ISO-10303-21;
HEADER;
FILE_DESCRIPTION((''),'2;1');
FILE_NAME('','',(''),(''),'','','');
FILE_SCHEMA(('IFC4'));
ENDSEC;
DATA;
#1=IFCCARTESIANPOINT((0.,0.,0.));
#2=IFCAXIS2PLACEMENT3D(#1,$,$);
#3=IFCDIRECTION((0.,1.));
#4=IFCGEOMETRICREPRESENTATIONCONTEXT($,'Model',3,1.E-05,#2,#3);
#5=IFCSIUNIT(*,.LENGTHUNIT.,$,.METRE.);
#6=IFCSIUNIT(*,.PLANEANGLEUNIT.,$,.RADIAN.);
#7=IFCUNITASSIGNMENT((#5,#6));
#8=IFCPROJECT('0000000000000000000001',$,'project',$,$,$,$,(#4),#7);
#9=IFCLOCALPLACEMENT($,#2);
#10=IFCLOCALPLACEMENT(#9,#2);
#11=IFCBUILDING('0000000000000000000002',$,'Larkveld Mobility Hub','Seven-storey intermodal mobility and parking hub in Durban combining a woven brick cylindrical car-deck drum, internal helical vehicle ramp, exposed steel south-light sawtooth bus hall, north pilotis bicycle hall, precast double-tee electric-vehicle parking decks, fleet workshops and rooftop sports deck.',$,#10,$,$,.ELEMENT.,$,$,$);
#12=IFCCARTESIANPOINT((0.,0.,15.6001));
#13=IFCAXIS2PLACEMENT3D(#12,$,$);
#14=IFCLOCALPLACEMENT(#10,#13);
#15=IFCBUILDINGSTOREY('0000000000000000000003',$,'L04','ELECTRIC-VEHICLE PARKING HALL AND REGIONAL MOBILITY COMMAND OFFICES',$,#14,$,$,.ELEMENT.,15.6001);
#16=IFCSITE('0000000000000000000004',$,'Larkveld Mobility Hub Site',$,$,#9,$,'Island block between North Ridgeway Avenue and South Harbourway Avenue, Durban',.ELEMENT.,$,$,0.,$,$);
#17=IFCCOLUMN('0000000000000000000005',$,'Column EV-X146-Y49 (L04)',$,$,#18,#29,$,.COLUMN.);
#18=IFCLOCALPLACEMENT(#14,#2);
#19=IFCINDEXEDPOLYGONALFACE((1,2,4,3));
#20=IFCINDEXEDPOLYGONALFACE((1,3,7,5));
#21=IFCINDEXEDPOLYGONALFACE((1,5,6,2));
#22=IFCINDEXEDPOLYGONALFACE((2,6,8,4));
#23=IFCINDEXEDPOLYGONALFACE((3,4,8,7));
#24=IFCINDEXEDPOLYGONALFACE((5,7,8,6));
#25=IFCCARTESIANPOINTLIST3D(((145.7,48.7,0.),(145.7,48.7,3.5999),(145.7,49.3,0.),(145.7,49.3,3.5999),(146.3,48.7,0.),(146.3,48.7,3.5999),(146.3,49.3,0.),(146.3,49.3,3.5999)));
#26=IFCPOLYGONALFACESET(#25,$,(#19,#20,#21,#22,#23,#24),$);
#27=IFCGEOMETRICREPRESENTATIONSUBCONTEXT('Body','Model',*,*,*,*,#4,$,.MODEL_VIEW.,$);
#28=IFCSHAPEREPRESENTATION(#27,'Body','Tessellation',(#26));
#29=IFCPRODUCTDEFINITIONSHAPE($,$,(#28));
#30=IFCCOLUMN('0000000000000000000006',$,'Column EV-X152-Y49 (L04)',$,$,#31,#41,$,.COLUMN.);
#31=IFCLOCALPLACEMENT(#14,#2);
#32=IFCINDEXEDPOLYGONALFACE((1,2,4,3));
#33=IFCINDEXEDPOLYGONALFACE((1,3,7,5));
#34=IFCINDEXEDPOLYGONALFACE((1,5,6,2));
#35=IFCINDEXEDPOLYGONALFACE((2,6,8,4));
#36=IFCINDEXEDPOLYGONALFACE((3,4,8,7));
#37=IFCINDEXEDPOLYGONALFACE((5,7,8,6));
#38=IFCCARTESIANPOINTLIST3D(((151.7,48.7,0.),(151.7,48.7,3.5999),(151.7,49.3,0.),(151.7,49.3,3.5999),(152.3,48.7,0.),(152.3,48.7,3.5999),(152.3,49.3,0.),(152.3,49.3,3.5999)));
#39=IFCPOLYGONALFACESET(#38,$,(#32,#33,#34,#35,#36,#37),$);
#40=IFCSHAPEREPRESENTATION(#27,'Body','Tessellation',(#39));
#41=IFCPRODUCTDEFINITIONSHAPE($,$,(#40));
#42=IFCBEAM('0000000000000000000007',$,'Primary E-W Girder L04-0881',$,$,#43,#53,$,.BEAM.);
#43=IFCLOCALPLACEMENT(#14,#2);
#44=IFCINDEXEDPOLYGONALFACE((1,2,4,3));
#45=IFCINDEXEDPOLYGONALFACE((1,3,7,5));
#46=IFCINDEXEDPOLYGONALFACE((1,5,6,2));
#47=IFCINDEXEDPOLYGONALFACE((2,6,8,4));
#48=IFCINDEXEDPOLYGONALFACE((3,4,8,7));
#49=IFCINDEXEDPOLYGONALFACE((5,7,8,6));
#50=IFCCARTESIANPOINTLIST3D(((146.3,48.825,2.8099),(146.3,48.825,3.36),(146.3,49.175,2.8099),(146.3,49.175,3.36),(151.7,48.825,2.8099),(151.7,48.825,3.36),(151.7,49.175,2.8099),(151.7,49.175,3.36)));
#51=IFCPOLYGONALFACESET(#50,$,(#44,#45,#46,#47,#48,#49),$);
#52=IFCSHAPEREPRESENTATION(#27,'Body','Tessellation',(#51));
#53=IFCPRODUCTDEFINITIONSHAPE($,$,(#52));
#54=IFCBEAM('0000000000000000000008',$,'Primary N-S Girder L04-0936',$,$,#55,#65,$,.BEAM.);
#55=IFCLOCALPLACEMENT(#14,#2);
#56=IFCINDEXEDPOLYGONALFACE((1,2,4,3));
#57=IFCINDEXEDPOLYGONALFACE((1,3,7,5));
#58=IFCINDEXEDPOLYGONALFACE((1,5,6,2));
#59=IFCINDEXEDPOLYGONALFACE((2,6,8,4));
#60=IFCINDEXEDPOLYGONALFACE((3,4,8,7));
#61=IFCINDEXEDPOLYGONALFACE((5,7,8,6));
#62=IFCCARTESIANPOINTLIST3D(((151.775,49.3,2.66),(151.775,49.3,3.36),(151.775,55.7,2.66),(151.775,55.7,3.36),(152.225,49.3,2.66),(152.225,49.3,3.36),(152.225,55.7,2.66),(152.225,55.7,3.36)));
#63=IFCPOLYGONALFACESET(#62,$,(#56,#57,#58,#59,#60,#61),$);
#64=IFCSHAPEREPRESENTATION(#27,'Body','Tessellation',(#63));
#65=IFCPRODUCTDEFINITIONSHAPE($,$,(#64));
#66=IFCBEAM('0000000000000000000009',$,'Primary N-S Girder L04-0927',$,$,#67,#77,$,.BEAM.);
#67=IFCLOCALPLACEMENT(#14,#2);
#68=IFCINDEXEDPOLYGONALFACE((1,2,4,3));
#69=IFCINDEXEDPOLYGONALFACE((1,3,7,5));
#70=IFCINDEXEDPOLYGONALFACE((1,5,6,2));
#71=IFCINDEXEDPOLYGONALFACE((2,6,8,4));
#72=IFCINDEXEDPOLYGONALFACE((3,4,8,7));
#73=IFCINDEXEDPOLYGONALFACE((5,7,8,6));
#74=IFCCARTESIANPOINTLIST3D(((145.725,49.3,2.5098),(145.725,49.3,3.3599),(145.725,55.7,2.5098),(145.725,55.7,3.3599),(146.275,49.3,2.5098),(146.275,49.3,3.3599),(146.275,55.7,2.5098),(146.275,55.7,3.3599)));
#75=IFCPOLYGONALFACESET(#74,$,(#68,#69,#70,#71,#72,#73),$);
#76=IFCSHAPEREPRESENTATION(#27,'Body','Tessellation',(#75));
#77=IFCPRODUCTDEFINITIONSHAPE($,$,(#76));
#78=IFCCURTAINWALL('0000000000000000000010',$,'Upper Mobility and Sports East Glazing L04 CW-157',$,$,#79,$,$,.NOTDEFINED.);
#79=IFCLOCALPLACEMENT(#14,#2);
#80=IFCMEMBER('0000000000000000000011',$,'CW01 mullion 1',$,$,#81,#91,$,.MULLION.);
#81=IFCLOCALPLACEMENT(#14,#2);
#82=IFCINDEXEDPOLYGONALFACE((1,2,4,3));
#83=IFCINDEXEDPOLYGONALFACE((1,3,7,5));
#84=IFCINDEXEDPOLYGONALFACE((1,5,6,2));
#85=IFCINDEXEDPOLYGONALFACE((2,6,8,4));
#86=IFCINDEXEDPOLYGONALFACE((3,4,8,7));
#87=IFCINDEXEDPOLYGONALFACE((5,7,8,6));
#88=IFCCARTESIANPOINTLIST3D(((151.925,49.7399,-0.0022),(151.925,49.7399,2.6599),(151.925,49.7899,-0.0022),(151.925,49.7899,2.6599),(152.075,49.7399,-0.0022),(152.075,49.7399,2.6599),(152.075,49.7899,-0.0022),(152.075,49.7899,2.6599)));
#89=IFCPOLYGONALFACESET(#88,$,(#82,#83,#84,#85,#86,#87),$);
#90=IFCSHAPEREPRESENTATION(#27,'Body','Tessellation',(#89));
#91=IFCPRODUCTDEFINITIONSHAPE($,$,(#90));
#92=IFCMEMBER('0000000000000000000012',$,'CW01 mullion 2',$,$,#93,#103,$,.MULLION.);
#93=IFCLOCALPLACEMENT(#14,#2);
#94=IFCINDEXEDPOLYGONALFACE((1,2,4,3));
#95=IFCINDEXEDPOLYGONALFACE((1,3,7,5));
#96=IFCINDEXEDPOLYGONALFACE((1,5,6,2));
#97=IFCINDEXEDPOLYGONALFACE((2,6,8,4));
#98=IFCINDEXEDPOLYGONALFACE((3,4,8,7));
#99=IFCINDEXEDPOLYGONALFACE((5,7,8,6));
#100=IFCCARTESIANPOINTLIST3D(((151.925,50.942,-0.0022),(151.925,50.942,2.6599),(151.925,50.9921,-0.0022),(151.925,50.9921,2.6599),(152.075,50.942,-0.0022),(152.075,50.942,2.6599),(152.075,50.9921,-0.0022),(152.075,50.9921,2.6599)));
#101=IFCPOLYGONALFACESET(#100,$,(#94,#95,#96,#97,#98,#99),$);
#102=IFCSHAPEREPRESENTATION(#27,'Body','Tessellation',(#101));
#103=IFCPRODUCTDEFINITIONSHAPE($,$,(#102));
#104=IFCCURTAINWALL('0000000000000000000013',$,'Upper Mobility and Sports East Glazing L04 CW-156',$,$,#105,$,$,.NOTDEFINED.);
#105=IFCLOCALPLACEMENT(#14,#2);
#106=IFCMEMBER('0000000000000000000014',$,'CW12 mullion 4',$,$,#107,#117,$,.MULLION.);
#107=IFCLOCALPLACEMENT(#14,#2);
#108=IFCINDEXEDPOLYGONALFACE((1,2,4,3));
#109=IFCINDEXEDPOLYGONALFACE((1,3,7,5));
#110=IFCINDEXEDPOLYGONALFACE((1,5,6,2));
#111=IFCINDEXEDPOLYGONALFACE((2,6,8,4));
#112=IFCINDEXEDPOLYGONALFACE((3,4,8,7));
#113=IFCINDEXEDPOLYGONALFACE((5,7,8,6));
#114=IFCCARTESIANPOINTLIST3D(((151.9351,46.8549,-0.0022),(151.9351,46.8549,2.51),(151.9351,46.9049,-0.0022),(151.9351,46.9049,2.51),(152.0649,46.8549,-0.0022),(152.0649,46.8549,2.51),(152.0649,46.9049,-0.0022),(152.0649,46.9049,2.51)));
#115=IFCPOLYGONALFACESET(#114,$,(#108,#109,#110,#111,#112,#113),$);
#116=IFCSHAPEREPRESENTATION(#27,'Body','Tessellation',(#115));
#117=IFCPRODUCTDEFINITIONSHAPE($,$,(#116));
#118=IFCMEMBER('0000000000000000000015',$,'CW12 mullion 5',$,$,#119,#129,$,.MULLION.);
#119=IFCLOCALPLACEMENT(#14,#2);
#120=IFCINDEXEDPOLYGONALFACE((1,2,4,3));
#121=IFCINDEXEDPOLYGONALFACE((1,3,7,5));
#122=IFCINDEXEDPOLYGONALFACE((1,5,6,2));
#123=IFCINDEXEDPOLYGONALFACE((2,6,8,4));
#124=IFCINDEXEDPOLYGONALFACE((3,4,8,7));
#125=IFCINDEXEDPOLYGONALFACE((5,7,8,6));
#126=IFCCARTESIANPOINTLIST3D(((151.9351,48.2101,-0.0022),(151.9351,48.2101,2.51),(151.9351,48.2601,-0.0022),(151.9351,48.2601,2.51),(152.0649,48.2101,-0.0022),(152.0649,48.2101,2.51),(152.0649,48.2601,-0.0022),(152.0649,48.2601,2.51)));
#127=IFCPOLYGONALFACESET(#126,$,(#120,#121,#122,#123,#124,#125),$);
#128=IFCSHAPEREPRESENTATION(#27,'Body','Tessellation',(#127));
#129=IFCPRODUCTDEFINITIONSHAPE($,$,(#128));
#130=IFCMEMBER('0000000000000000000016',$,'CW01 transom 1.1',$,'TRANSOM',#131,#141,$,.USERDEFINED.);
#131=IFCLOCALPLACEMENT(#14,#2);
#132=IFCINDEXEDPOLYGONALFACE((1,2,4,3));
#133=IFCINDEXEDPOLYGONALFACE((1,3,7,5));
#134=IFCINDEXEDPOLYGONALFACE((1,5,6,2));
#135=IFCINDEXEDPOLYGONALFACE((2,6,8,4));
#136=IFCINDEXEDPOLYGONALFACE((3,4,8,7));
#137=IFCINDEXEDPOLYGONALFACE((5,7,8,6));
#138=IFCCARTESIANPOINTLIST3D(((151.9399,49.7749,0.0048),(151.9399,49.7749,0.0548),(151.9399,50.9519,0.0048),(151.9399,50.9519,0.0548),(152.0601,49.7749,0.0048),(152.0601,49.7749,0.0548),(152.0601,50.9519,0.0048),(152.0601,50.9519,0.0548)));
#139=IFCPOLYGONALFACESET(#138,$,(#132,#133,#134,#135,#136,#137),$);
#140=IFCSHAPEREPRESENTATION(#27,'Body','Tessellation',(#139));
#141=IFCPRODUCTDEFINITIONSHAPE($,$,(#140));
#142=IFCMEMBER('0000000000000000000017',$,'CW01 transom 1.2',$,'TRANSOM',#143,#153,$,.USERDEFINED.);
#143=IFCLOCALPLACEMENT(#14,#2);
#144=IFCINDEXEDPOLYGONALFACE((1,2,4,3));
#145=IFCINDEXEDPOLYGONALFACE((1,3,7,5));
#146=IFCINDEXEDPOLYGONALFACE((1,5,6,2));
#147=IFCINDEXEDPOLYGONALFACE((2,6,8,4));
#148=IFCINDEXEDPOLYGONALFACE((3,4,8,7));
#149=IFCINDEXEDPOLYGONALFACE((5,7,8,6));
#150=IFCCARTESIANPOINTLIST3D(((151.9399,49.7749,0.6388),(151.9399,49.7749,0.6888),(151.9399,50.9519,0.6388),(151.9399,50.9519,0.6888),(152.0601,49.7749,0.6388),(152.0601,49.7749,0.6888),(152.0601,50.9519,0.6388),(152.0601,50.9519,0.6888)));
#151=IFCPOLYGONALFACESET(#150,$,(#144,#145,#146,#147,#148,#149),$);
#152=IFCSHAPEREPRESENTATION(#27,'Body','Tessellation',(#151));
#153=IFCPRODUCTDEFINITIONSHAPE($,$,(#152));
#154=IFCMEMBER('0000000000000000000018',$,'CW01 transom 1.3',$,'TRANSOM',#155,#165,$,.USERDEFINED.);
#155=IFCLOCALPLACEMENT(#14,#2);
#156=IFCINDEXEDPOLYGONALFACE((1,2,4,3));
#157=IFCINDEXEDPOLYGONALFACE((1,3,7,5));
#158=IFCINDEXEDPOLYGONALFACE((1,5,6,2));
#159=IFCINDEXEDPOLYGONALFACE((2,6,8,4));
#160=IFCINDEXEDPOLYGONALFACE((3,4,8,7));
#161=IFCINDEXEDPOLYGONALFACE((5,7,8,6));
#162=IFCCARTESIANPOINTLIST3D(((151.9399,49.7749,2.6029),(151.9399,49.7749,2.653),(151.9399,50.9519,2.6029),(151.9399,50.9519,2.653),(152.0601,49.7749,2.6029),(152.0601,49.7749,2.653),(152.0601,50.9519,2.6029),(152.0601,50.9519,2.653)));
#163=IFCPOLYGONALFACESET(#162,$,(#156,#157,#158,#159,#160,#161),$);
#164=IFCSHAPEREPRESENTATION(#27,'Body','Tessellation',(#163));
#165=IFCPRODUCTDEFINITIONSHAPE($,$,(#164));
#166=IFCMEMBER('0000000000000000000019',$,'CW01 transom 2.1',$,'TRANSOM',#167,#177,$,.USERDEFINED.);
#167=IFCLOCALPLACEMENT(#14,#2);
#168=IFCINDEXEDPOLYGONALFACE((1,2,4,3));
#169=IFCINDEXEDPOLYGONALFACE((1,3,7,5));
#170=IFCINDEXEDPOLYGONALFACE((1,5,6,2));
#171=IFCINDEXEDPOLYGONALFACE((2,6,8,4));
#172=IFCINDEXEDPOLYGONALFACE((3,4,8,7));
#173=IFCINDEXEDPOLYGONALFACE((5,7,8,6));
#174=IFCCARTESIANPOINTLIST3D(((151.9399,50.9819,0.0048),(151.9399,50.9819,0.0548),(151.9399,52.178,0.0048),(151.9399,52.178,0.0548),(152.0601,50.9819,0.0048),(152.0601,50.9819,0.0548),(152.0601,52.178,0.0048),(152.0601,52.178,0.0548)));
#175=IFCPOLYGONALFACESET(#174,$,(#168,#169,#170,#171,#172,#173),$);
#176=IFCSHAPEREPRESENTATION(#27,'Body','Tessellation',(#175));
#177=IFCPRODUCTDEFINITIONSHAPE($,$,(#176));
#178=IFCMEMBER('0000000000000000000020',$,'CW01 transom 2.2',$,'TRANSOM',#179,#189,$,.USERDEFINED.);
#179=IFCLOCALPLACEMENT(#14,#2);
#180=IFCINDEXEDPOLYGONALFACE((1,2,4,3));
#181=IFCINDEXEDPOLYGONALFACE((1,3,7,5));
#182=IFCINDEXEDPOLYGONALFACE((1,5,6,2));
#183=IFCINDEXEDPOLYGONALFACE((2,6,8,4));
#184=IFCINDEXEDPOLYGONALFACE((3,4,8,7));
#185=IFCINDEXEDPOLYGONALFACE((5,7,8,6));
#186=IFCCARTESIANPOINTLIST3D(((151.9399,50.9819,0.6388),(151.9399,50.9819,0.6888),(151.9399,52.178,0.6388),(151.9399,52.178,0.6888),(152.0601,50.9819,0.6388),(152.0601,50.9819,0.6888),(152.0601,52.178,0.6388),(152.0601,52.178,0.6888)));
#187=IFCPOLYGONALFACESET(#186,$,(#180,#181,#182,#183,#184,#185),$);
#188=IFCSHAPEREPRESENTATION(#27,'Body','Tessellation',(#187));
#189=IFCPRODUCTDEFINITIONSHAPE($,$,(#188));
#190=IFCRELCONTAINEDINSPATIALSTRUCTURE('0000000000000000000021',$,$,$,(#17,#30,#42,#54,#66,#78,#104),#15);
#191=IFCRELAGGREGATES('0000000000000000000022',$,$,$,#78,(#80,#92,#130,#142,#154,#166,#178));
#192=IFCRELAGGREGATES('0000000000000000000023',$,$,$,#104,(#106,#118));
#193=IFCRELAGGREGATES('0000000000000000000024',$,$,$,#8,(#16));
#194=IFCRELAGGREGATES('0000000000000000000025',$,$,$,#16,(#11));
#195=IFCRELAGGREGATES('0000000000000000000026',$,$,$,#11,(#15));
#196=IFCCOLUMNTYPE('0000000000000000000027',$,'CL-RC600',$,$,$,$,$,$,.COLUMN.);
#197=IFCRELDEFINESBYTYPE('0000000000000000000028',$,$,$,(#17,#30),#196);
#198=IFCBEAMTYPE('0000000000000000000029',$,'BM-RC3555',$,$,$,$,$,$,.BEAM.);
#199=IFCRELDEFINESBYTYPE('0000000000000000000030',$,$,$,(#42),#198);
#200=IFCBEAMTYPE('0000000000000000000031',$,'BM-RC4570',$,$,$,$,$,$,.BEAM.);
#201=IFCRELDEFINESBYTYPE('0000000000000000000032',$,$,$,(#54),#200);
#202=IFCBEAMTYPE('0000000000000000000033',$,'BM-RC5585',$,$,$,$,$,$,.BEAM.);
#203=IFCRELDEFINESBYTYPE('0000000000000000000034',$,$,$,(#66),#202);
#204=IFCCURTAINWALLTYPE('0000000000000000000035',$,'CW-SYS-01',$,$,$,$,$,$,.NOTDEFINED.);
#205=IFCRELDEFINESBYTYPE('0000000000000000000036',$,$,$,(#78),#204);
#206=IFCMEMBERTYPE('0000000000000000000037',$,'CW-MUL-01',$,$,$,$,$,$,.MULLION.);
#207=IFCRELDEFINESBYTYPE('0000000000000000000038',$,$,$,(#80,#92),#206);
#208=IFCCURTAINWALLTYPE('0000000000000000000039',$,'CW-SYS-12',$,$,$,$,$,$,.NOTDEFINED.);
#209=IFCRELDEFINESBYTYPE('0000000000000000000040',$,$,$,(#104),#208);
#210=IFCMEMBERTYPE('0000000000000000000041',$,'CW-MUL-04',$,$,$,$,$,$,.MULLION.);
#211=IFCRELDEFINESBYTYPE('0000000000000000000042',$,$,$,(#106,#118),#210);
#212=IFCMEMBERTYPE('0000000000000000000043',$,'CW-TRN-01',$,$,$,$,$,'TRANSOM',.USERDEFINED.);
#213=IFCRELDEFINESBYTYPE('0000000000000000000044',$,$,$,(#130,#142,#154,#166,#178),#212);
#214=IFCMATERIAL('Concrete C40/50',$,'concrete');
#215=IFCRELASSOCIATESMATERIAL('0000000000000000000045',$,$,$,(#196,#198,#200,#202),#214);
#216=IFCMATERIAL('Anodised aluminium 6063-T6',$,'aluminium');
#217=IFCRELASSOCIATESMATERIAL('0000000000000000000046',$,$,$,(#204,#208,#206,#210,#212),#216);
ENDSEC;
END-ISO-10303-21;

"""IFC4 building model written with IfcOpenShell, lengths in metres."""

from ifc_helpers import new_model, si_unit, direction, frame, origin, origin_2d, place, context, subcontext, project, spatial, rectangle, extrude, material, material_profile, profile_set, type_object, element, aggregate, save


model = new_model("IFC4")

# Units and contexts
model_context = context("Model", 3, precision=1e-05, world=origin(), true_north=direction((0.0, 1.0)))
body_context = subcontext(model_context, "Body", "Model", "MODEL_VIEW")
ifc_project = project(units=[si_unit("LENGTHUNIT", "METRE"), si_unit("PLANEANGLEUNIT", "RADIAN")], contexts=[model_context])

# Site, building, storey
site_placement = place(None, origin())
site = spatial("IfcSite", under=ifc_project, at=site_placement, Name="Larkveld Mobility Hub Site", LongName="Island block between North Ridgeway Avenue and South Harbourway Avenue, Durban", CompositionType="ELEMENT", RefElevation=0.0)
building_placement = place(site_placement, origin())
building = spatial("IfcBuilding", under=site, at=building_placement, Name="Larkveld Mobility Hub", Description="Seven-storey intermodal mobility and parking hub in Durban combining a woven brick cylindrical car-deck drum, internal helical vehicle ramp, exposed steel south-light sawtooth bus hall, north pilotis bicycle hall, precast double-tee electric-vehicle parking decks, fleet workshops and rooftop sports deck.", CompositionType="ELEMENT")
storey_placement = place(building_placement, frame((0.0, 0.0, 15.6001)))
storey = spatial("IfcBuildingStorey", under=building, at=storey_placement, Name="L04", Description="ELECTRIC-VEHICLE PARKING HALL AND REGIONAL MOBILITY COMMAND OFFICES", CompositionType="ELEMENT", Elevation=15.6001)

# Columns
ifc_material_1 = material(Name="Concrete C40/50", Category="concrete")
ifc_material_profile_1 = material_profile(ifc_material_1, rectangle(XDim=0.6001, YDim=0.6001, at=origin_2d()), Name="RC COL 600x600")
ifc_profile_set_1 = profile_set([ifc_material_profile_1], Name="Concrete C40/50")
column_type = type_object("IfcColumnType", Name="CL-RC600", PredefinedType="COLUMN", material=ifc_profile_set_1)
for number, where, z_axis, x_axis, name in (
    (1, (146.0, 49.0, 0.0), (0.0, 0.0, 1.0), (1.0, 0.0, 0.0), "Column EV-X146-Y49 (L04)"),
    (2, (152.0, 49.0, 0.0), (0.0, 0.0, 1.0), (1.0, 0.0, 0.0), "Column EV-X152-Y49 (L04)"),
):
    element("IfcColumn", number, at=place(storey_placement, frame(where, z_axis=z_axis, x_axis=x_axis)), inside=storey, type_object=column_type, Name=name, PredefinedType="COLUMN", context=body_context, shape_type="SweptSolid", body=[
        extrude(rectangle(XDim=0.6001, YDim=0.6001, at=origin_2d()), origin(), (0.0, 0.0, 1.0), 3.5999),
    ])

# Beams
ifc_material_profile_2 = material_profile(ifc_material_1, rectangle(XDim=0.3501, YDim=0.55, at=origin_2d()), Name="RC BM 350x550")
ifc_profile_set_2 = profile_set([ifc_material_profile_2], Name="Concrete C40/50")
beam_type_1 = type_object("IfcBeamType", Name="BM-RC3555", PredefinedType="BEAM", material=ifc_profile_set_2)
beam_1_placement = place(storey_placement, frame((146.3, 49.0, 3.085), z_axis=(1.0, 0.0, 0.0), x_axis=(0.0, 1.0, 0.0)))
element("IfcBeam", 3, at=beam_1_placement, inside=storey, type_object=beam_type_1, Name="Primary E-W Girder L04-0881", PredefinedType="BEAM", context=body_context, shape_type="SweptSolid", body=[
    extrude(rectangle(XDim=0.3501, YDim=0.55, at=origin_2d()), origin(), (0.0, 0.0, 1.0), 5.3999),
])
ifc_material_profile_3 = material_profile(ifc_material_1, rectangle(XDim=0.45, YDim=0.7, at=origin_2d()), Name="RC BM 450x700")
ifc_profile_set_3 = profile_set([ifc_material_profile_3], Name="Concrete C40/50")
beam_type_2 = type_object("IfcBeamType", Name="BM-RC4570", PredefinedType="BEAM", material=ifc_profile_set_3)
beam_2_placement = place(storey_placement, frame((152.0, 49.3, 3.01), z_axis=(0.0, 1.0, 0.0), x_axis=(-1.0, 0.0, 0.0)))
element("IfcBeam", 4, at=beam_2_placement, inside=storey, type_object=beam_type_2, Name="Primary N-S Girder L04-0936", PredefinedType="BEAM", context=body_context, shape_type="SweptSolid", body=[
    extrude(rectangle(XDim=0.45, YDim=0.7, at=origin_2d()), origin(), (0.0, 0.0, 1.0), 6.3999),
])
ifc_material_profile_4 = material_profile(ifc_material_1, rectangle(XDim=0.55, YDim=0.8501, at=origin_2d()), Name="RC BM 550x850")
ifc_profile_set_4 = profile_set([ifc_material_profile_4], Name="Concrete C40/50")
beam_type_3 = type_object("IfcBeamType", Name="BM-RC5585", PredefinedType="BEAM", material=ifc_profile_set_4)
beam_3_placement = place(storey_placement, frame((146.0, 49.3, 2.9348), z_axis=(0.0, 1.0, 0.0), x_axis=(-1.0, 0.0, 0.0)))
element("IfcBeam", 5, at=beam_3_placement, inside=storey, type_object=beam_type_3, Name="Primary N-S Girder L04-0927", PredefinedType="BEAM", context=body_context, shape_type="SweptSolid", body=[
    extrude(rectangle(XDim=0.55, YDim=0.8501, at=origin_2d()), origin(), (0.0, 0.0, 1.0), 6.3999),
])

# Curtain walls, members
ifc_material_2 = material(Name="Anodised aluminium 6063-T6", Category="aluminium")
curtain_wall_type_1 = type_object("IfcCurtainWallType", Name="CW-SYS-01", PredefinedType="NOTDEFINED", material=ifc_material_2)
curtain_wall_1_placement = place(storey_placement, origin())
curtain_wall_1 = element("IfcCurtainWall", 6, at=curtain_wall_1_placement, inside=storey, type_object=curtain_wall_type_1, Name="Upper Mobility and Sports East Glazing L04 CW-157", PredefinedType="NOTDEFINED")
ifc_material_profile_5 = material_profile(ifc_material_2, rectangle(XDim=0.05, YDim=0.1499, at=origin_2d()), Name="ALU MULL 50x150")
ifc_profile_set_5 = profile_set([ifc_material_profile_5], Name="Anodised aluminium 6063-T6")
member_type_1 = type_object("IfcMemberType", Name="CW-MUL-01", PredefinedType="MULLION", material=ifc_profile_set_5)
member_1_placement = place(storey_placement, frame((152.0, 49.7649, -0.0022), z_axis=(0.0, 0.0, 1.0), x_axis=(0.0, 1.0, 0.0)))
member_1 = element("IfcMember", 7, at=member_1_placement, type_object=member_type_1, Name="CW01 mullion 1", PredefinedType="MULLION", context=body_context, shape_type="SweptSolid", body=[
    extrude(rectangle(XDim=0.05, YDim=0.1499, at=origin_2d()), origin(), (0.0, 0.0, 1.0), 2.6621),
])
member_2_placement = place(storey_placement, frame((152.0, 50.967, -0.0022), z_axis=(0.0, 0.0, 1.0), x_axis=(0.0, 1.0, 0.0)))
member_2 = element("IfcMember", 8, at=member_2_placement, type_object=member_type_1, Name="CW01 mullion 2", PredefinedType="MULLION", context=body_context, shape_type="SweptSolid", body=[
    extrude(rectangle(XDim=0.05, YDim=0.1499, at=origin_2d()), origin(), (0.0, 0.0, 1.0), 2.6621),
])
curtain_wall_type_2 = type_object("IfcCurtainWallType", Name="CW-SYS-12", PredefinedType="NOTDEFINED", material=ifc_material_2)
curtain_wall_2_placement = place(storey_placement, origin())
curtain_wall_2 = element("IfcCurtainWall", 9, at=curtain_wall_2_placement, inside=storey, type_object=curtain_wall_type_2, Name="Upper Mobility and Sports East Glazing L04 CW-156", PredefinedType="NOTDEFINED")
ifc_material_profile_6 = material_profile(ifc_material_2, rectangle(XDim=0.05, YDim=0.1299, at=origin_2d()), Name="ALU MULL 50x130")
ifc_profile_set_6 = profile_set([ifc_material_profile_6], Name="Anodised aluminium 6063-T6")
member_type_2 = type_object("IfcMemberType", Name="CW-MUL-04", PredefinedType="MULLION", material=ifc_profile_set_6)
member_3_placement = place(storey_placement, frame((152.0, 46.8799, -0.0022), z_axis=(0.0, 0.0, 1.0), x_axis=(0.0, 1.0, 0.0)))
member_3 = element("IfcMember", 10, at=member_3_placement, type_object=member_type_2, Name="CW12 mullion 4", PredefinedType="MULLION", context=body_context, shape_type="SweptSolid", body=[
    extrude(rectangle(XDim=0.05, YDim=0.1299, at=origin_2d()), origin(), (0.0, 0.0, 1.0), 2.5122),
])
member_4_placement = place(storey_placement, frame((152.0, 48.2351, -0.0022), z_axis=(0.0, 0.0, 1.0), x_axis=(0.0, 1.0, 0.0)))
member_4 = element("IfcMember", 11, at=member_4_placement, type_object=member_type_2, Name="CW12 mullion 5", PredefinedType="MULLION", context=body_context, shape_type="SweptSolid", body=[
    extrude(rectangle(XDim=0.05, YDim=0.1299, at=origin_2d()), origin(), (0.0, 0.0, 1.0), 2.5122),
])

# Members
ifc_material_profile_7 = material_profile(ifc_material_2, rectangle(XDim=0.1201, YDim=0.05, at=origin_2d()), Name="ALU TRAN 50x120")
ifc_profile_set_7 = profile_set([ifc_material_profile_7], Name="Anodised aluminium 6063-T6")
member_type_3 = type_object("IfcMemberType", Name="CW-TRN-01", ElementType="TRANSOM", PredefinedType="USERDEFINED", material=ifc_profile_set_7)
member_5_placement = place(storey_placement, frame((152.0, 49.7749, 0.0298), z_axis=(0.0, 1.0, 0.0), x_axis=(-1.0, 0.0, 0.0)))
member_5 = element("IfcMember", 12, at=member_5_placement, type_object=member_type_3, Name="CW01 transom 1.1", ObjectType="TRANSOM", PredefinedType="USERDEFINED", context=body_context, shape_type="SweptSolid", body=[
    extrude(rectangle(XDim=0.1201, YDim=0.05, at=origin_2d()), origin(), (0.0, 0.0, 1.0), 1.177),
])
member_6_placement = place(storey_placement, frame((152.0, 49.7749, 0.6638), z_axis=(0.0, 1.0, 0.0), x_axis=(-1.0, 0.0, 0.0)))
member_6 = element("IfcMember", 13, at=member_6_placement, type_object=member_type_3, Name="CW01 transom 1.2", ObjectType="TRANSOM", PredefinedType="USERDEFINED", context=body_context, shape_type="SweptSolid", body=[
    extrude(rectangle(XDim=0.1201, YDim=0.05, at=origin_2d()), origin(), (0.0, 0.0, 1.0), 1.177),
])
member_7_placement = place(storey_placement, frame((152.0, 49.7749, 2.6279), z_axis=(0.0, 1.0, 0.0), x_axis=(-1.0, 0.0, 0.0)))
member_7 = element("IfcMember", 14, at=member_7_placement, type_object=member_type_3, Name="CW01 transom 1.3", ObjectType="TRANSOM", PredefinedType="USERDEFINED", context=body_context, shape_type="SweptSolid", body=[
    extrude(rectangle(XDim=0.1201, YDim=0.05, at=origin_2d()), origin(), (0.0, 0.0, 1.0), 1.177),
])
member_8_placement = place(storey_placement, frame((152.0, 50.9819, 0.0298), z_axis=(0.0, 1.0, 0.0), x_axis=(-1.0, 0.0, 0.0)))
member_8 = element("IfcMember", 15, at=member_8_placement, type_object=member_type_3, Name="CW01 transom 2.1", ObjectType="TRANSOM", PredefinedType="USERDEFINED", context=body_context, shape_type="SweptSolid", body=[
    extrude(rectangle(XDim=0.1201, YDim=0.05, at=origin_2d()), origin(), (0.0, 0.0, 1.0), 1.196),
])
member_9_placement = place(storey_placement, frame((152.0, 50.9819, 0.6638), z_axis=(0.0, 1.0, 0.0), x_axis=(-1.0, 0.0, 0.0)))
member_9 = element("IfcMember", 16, at=member_9_placement, type_object=member_type_3, Name="CW01 transom 2.2", ObjectType="TRANSOM", PredefinedType="USERDEFINED", context=body_context, shape_type="SweptSolid", body=[
    extrude(rectangle(XDim=0.1201, YDim=0.05, at=origin_2d()), origin(), (0.0, 0.0, 1.0), 1.196),
])

aggregate(curtain_wall_1, [member_1, member_2, member_5, member_6, member_7, member_8, member_9])
aggregate(curtain_wall_2, [member_3, member_4])

save(model, "model.ifc")
